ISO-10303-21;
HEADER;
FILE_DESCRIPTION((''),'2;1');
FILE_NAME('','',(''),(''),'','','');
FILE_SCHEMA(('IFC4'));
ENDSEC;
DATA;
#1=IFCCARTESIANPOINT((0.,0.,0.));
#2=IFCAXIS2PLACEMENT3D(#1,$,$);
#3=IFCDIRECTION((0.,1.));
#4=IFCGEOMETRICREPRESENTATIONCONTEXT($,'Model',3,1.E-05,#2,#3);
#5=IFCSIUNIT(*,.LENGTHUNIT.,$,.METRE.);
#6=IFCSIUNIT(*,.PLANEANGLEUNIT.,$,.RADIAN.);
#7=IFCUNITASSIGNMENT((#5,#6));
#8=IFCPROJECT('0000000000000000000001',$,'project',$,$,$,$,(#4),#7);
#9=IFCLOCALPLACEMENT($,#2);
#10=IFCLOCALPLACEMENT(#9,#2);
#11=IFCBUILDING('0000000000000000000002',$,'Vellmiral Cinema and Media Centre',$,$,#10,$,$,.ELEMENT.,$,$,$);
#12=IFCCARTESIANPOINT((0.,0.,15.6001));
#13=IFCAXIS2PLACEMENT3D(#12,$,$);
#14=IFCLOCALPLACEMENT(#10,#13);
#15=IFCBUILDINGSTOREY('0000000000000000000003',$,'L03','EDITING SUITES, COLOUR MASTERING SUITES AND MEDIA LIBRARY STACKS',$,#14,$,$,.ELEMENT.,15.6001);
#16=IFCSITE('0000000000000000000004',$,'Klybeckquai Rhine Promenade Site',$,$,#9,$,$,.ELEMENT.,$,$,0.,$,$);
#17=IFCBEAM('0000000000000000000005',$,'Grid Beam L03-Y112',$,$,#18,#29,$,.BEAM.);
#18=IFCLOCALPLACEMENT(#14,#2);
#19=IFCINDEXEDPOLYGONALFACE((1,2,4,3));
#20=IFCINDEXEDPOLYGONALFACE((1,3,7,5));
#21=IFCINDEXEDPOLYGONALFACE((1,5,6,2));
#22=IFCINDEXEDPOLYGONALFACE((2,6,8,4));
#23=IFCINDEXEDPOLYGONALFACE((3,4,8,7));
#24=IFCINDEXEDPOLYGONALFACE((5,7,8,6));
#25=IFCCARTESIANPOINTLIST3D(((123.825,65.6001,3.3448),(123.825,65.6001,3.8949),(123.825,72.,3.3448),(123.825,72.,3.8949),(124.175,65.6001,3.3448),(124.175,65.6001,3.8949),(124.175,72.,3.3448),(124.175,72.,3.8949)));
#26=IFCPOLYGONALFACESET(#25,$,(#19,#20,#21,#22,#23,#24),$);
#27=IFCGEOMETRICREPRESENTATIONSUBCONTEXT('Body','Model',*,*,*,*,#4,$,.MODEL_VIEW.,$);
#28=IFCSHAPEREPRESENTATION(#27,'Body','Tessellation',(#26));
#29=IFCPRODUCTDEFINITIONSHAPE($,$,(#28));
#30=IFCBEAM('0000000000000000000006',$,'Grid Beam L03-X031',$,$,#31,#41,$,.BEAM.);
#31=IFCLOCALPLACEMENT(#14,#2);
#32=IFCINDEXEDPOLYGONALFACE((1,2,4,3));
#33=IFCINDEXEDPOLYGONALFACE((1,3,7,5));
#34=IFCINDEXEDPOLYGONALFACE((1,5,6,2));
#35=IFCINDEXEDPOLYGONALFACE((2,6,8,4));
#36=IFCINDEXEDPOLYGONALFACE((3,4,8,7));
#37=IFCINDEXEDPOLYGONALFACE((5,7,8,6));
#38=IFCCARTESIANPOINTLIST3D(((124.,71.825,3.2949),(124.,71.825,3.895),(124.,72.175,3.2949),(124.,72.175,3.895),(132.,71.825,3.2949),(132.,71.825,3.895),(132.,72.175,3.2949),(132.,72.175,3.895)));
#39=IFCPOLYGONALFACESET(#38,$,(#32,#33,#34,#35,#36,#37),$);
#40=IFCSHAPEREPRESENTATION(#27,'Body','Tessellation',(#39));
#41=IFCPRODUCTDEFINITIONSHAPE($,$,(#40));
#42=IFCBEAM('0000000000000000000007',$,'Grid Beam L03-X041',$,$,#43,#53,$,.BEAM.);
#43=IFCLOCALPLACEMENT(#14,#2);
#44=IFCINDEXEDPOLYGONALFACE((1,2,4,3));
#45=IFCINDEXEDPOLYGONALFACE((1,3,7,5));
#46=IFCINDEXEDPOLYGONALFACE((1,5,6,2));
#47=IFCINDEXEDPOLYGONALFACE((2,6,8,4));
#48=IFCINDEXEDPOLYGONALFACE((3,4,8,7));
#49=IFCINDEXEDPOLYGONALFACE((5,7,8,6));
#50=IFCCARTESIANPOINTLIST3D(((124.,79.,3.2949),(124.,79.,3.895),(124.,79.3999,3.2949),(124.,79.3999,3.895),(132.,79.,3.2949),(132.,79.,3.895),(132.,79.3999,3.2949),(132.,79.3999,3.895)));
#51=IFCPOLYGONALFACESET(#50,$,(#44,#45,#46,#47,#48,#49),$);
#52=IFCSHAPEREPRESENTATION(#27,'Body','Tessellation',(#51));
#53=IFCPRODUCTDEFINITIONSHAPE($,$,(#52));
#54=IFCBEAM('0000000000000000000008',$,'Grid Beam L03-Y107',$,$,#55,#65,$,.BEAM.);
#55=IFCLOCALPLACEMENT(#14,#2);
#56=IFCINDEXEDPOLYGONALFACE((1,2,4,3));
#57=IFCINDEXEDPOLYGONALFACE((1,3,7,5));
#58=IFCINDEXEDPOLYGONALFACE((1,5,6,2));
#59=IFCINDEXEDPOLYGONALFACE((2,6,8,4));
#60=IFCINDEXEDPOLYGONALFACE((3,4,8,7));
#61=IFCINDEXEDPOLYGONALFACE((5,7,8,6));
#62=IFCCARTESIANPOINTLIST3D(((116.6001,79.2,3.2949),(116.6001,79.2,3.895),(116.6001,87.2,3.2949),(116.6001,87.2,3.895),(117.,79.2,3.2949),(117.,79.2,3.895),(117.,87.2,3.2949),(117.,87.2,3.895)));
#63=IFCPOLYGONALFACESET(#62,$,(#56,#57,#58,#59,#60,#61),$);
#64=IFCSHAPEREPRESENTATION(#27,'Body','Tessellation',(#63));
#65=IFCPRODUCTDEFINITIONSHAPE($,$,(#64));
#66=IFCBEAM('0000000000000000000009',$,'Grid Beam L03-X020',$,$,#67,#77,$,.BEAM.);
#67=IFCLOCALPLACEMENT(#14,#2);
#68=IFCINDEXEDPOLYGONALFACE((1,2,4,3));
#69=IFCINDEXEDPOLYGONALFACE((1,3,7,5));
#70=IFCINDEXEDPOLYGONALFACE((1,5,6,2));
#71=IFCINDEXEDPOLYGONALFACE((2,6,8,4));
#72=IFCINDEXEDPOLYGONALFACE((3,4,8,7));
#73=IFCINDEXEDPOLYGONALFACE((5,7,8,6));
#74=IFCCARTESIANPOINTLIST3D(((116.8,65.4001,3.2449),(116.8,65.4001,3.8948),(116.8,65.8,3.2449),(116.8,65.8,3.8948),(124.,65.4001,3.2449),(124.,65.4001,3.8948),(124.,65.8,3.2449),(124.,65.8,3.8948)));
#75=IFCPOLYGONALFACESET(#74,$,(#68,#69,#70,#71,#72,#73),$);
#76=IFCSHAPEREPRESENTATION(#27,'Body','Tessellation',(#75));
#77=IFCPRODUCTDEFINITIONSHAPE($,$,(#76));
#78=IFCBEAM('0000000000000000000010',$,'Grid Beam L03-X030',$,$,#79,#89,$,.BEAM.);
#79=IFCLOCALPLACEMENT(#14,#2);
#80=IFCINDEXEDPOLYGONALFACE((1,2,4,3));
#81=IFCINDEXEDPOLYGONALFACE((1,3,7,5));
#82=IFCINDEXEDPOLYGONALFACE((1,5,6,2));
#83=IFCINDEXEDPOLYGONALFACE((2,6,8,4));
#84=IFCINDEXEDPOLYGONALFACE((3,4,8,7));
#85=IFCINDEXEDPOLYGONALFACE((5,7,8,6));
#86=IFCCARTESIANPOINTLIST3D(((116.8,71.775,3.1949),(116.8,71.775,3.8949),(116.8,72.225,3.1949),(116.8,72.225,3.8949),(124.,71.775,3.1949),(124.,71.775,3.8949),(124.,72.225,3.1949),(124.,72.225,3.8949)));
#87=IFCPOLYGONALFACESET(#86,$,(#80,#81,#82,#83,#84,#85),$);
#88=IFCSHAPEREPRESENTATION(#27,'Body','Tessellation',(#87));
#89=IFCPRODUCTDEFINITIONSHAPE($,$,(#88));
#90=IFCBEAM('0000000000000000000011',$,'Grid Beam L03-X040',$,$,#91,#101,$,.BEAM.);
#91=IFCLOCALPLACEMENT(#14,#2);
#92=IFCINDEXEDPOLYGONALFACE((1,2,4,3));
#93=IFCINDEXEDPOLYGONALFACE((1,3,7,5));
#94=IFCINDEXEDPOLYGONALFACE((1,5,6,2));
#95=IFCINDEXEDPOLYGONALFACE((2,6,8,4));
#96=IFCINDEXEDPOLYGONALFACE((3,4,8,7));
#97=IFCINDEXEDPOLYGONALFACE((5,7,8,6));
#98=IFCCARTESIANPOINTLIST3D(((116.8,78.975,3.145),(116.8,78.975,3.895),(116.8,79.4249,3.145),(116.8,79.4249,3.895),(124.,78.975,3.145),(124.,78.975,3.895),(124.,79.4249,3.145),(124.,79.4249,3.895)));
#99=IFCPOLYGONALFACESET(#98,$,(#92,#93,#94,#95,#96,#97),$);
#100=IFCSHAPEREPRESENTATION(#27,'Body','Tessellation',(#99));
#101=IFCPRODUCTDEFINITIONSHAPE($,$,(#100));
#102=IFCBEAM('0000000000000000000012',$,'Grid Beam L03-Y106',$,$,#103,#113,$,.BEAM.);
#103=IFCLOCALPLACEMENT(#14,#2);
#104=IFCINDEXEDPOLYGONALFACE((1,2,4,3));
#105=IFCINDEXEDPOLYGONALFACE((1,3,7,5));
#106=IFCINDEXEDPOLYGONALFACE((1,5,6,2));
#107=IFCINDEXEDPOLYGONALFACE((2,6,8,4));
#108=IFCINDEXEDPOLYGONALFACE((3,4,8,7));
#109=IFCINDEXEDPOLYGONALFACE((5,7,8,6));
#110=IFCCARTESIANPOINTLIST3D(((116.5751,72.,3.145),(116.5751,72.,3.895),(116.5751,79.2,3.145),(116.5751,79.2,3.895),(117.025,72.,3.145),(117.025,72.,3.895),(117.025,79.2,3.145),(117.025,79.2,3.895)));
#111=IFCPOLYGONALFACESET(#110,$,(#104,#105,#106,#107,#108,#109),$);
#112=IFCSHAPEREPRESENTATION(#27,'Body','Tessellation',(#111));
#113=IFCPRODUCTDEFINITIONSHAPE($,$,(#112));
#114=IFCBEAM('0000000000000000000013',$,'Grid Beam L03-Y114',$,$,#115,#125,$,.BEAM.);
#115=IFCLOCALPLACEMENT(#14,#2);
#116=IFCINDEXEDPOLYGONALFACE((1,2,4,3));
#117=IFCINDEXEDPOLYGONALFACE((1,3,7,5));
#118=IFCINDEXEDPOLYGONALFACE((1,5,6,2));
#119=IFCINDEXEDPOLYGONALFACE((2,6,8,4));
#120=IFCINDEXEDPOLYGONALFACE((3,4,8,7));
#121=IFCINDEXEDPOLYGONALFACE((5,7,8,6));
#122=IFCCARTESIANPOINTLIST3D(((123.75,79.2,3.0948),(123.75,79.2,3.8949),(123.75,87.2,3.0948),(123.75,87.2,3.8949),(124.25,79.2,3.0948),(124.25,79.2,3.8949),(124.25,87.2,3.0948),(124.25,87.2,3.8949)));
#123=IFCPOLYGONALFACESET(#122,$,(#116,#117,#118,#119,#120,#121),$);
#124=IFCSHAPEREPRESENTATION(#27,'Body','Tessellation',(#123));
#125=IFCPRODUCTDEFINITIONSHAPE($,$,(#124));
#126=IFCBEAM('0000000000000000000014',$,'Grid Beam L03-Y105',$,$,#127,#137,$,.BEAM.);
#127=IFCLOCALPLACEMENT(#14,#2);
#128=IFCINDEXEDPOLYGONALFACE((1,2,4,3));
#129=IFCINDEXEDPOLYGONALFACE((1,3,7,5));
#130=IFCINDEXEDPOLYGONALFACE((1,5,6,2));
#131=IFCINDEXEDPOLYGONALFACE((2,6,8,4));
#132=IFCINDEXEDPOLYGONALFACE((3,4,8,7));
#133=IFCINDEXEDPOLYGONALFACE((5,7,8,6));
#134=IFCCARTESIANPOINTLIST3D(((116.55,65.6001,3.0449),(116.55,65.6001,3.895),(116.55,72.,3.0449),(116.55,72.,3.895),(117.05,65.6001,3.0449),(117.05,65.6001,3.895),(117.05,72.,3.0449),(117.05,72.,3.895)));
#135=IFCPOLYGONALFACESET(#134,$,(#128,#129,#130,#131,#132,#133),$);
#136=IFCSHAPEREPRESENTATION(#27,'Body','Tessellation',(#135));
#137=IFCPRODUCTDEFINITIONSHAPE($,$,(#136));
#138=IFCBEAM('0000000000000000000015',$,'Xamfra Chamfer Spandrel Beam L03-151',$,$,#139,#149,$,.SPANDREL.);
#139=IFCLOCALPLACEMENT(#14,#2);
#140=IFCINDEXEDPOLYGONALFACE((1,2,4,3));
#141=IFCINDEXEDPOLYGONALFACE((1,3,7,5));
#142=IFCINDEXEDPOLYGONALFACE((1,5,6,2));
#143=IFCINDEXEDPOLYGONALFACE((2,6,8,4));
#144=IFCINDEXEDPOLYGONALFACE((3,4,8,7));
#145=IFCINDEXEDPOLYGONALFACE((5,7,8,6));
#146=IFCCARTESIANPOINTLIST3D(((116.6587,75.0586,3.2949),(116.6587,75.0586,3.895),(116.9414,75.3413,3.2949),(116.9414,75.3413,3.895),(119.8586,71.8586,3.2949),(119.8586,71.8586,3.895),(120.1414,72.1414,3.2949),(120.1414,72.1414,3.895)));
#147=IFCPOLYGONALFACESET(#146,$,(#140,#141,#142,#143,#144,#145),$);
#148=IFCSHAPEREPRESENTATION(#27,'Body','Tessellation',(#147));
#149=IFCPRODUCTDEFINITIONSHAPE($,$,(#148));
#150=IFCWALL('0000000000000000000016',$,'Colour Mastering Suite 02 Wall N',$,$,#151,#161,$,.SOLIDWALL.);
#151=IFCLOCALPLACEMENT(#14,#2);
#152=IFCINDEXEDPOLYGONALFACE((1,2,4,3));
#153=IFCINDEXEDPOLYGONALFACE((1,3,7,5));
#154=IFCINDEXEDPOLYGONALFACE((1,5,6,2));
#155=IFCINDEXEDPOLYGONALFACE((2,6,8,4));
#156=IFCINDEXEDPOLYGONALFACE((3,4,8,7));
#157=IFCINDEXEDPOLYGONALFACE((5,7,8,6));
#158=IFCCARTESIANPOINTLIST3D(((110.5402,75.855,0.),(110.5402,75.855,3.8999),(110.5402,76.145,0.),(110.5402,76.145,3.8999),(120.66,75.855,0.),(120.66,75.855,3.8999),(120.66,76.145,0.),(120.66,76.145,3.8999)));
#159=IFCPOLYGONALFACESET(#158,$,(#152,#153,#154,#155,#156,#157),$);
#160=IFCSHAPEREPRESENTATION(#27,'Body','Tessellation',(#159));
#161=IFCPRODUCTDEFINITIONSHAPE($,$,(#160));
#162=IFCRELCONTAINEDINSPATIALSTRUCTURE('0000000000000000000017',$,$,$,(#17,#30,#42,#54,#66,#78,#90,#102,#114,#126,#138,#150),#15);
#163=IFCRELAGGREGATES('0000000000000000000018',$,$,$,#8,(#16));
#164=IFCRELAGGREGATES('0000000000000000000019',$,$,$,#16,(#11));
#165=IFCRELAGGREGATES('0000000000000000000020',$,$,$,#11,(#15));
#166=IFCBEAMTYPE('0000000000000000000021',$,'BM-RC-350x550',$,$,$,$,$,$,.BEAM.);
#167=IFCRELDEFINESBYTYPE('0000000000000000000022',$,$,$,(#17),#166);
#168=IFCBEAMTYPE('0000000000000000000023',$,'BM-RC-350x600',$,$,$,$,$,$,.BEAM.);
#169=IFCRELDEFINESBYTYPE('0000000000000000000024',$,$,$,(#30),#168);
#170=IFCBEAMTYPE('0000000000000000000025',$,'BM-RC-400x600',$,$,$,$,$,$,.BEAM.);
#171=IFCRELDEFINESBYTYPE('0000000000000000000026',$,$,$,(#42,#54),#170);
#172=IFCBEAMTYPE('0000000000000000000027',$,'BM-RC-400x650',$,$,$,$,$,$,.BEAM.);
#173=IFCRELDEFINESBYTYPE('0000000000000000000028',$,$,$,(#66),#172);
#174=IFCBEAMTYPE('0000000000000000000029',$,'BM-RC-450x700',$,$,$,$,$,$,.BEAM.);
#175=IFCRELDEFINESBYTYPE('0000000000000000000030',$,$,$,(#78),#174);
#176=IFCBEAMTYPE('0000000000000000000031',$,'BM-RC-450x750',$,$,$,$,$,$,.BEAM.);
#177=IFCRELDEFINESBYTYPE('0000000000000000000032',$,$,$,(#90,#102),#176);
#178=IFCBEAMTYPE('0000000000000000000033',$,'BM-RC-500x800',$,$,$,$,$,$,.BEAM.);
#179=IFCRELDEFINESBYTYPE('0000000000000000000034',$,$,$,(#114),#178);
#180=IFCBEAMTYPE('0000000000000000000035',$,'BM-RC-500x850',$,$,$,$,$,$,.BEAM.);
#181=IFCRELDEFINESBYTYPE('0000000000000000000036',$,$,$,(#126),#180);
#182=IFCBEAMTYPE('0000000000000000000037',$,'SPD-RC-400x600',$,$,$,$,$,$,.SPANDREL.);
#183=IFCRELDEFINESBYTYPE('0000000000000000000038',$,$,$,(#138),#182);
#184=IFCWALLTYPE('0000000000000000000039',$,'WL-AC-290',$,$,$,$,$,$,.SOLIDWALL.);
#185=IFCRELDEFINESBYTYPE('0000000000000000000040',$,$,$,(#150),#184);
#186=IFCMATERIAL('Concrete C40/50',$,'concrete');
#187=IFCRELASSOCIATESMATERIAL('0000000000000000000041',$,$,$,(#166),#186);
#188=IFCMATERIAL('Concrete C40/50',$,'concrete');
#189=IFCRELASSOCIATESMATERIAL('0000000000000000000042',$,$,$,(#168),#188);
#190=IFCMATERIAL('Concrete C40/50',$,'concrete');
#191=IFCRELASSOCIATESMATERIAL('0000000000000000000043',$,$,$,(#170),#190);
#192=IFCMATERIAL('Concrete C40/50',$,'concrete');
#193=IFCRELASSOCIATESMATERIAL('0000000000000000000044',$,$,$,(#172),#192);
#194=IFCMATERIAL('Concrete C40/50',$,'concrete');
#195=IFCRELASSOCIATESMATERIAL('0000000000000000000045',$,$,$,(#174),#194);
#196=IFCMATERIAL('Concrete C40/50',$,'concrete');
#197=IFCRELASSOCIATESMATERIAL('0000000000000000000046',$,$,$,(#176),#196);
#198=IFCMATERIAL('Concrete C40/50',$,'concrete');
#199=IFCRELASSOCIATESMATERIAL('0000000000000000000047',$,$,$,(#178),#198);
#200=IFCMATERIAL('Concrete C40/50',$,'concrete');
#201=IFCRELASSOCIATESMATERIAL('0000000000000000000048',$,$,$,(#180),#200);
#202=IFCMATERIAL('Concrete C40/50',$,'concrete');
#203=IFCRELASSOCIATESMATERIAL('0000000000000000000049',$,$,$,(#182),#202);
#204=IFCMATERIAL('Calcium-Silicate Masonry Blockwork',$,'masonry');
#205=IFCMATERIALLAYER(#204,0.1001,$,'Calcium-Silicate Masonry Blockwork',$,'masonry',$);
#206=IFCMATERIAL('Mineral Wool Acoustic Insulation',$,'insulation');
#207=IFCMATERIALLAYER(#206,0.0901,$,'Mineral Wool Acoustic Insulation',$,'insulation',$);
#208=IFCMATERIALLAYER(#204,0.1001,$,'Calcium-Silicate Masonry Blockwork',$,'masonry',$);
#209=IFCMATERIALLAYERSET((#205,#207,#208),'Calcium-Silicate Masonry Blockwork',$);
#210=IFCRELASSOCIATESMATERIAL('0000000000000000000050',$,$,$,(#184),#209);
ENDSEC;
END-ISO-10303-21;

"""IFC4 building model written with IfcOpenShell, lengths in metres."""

from ifc_helpers import new_model, si_unit, direction, frame, frame_2d, origin, origin_2d, place, context, subcontext, project, spatial, rectangle, extrude, material, layer, layer_set, material_profile, profile_set, type_object, element, save


model = new_model("IFC4")

# Units and contexts
model_context = context("Model", 3, precision=1e-05, world=origin(), true_north=direction((0.0, 1.0)))
body_context = subcontext(model_context, "Body", "Model", "MODEL_VIEW")
ifc_project = project(units=[si_unit("LENGTHUNIT", "METRE"), si_unit("PLANEANGLEUNIT", "RADIAN")], contexts=[model_context])

# Site, building, storey
site_placement = place(None, origin())
site = spatial("IfcSite", under=ifc_project, at=site_placement, Name="Klybeckquai Rhine Promenade Site", CompositionType="ELEMENT", RefElevation=0.0)
building_placement = place(site_placement, origin())
building = spatial("IfcBuilding", under=site, at=building_placement, Name="Vellmiral Cinema and Media Centre", CompositionType="ELEMENT")
storey_placement = place(building_placement, frame((0.0, 0.0, 15.6001)))
storey = spatial("IfcBuildingStorey", under=building, at=storey_placement, Name="L03", Description="EDITING SUITES, COLOUR MASTERING SUITES AND MEDIA LIBRARY STACKS", CompositionType="ELEMENT", Elevation=15.6001)

# Beams
ifc_material_1 = material(Name="Concrete C40/50", Category="concrete")
ifc_material_profile_1 = material_profile(ifc_material_1, rectangle(XDim=0.3501, YDim=0.55, at=origin_2d()), Name="RC 350x550")
ifc_profile_set_1 = profile_set([ifc_material_profile_1], Name="Concrete C40/50")
beam_type_1 = type_object("IfcBeamType", Name="BM-RC-350x550", PredefinedType="BEAM", material=ifc_profile_set_1)
beam_1_placement = place(storey_placement, frame((124.0, 65.6001, 3.6199), z_axis=(0.0, 1.0, 0.0), x_axis=(-1.0, 0.0, 0.0)))
element("IfcBeam", 1, at=beam_1_placement, inside=storey, type_object=beam_type_1, Name="Grid Beam L03-Y112", PredefinedType="BEAM", context=body_context, shape_type="SweptSolid", body=[
    extrude(rectangle(XDim=0.3501, YDim=0.55, at=origin_2d()), origin(), (0.0, 0.0, 1.0), 6.3999),
])
ifc_material_2 = material(Name="Concrete C40/50", Category="concrete")
ifc_material_profile_2 = material_profile(ifc_material_2, rectangle(XDim=0.3501, YDim=0.6001, at=origin_2d()), Name="RC 350x600")
ifc_profile_set_2 = profile_set([ifc_material_profile_2], Name="Concrete C40/50")
beam_type_2 = type_object("IfcBeamType", Name="BM-RC-350x600", PredefinedType="BEAM", material=ifc_profile_set_2)
beam_2_placement = place(storey_placement, frame((124.0, 72.0, 3.595), z_axis=(1.0, 0.0, 0.0), x_axis=(0.0, 1.0, 0.0)))
element("IfcBeam", 2, at=beam_2_placement, inside=storey, type_object=beam_type_2, Name="Grid Beam L03-X031", PredefinedType="BEAM", context=body_context, shape_type="SweptSolid", body=[
    extrude(rectangle(XDim=0.3501, YDim=0.6001, at=origin_2d()), origin(), (0.0, 0.0, 1.0), 8.0),
])
ifc_material_3 = material(Name="Concrete C40/50", Category="concrete")
ifc_material_profile_3 = material_profile(ifc_material_3, rectangle(XDim=0.3999, YDim=0.6001, at=origin_2d()), Name="RC 400x600")
ifc_profile_set_3 = profile_set([ifc_material_profile_3], Name="Concrete C40/50")
beam_type_3 = type_object("IfcBeamType", Name="BM-RC-400x600", PredefinedType="BEAM", material=ifc_profile_set_3)
for number, where, z_axis, x_axis, name in (
    (3, (124.0, 79.2, 3.595), (1.0, 0.0, 0.0), (0.0, 1.0, 0.0), "Grid Beam L03-X041"),
    (4, (116.8, 79.2, 3.595), (0.0, 1.0, 0.0), (-1.0, 0.0, 0.0), "Grid Beam L03-Y107"),
):
    element("IfcBeam", number, at=place(storey_placement, frame(where, z_axis=z_axis, x_axis=x_axis)), inside=storey, type_object=beam_type_3, Name=name, PredefinedType="BEAM", context=body_context, shape_type="SweptSolid", body=[
        extrude(rectangle(XDim=0.3999, YDim=0.6001, at=origin_2d()), origin(), (0.0, 0.0, 1.0), 8.0),
    ])
ifc_material_4 = material(Name="Concrete C40/50", Category="concrete")
ifc_material_profile_4 = material_profile(ifc_material_4, rectangle(XDim=0.3999, YDim=0.6499, at=origin_2d()), Name="RC 400x650")
ifc_profile_set_4 = profile_set([ifc_material_profile_4], Name="Concrete C40/50")
beam_type_4 = type_object("IfcBeamType", Name="BM-RC-400x650", PredefinedType="BEAM", material=ifc_profile_set_4)
beam_3_placement = place(storey_placement, frame((116.8, 65.6001, 3.5698), z_axis=(1.0, 0.0, 0.0), x_axis=(0.0, 1.0, 0.0)))
element("IfcBeam", 5, at=beam_3_placement, inside=storey, type_object=beam_type_4, Name="Grid Beam L03-X020", PredefinedType="BEAM", context=body_context, shape_type="SweptSolid", body=[
    extrude(rectangle(XDim=0.3999, YDim=0.6499, at=origin_2d()), origin(), (0.0, 0.0, 1.0), 7.2),
])
ifc_material_5 = material(Name="Concrete C40/50", Category="concrete")
ifc_material_profile_5 = material_profile(ifc_material_5, rectangle(XDim=0.45, YDim=0.7, at=origin_2d()), Name="RC 450x700")
ifc_profile_set_5 = profile_set([ifc_material_profile_5], Name="Concrete C40/50")
beam_type_5 = type_object("IfcBeamType", Name="BM-RC-450x700", PredefinedType="BEAM", material=ifc_profile_set_5)
beam_4_placement = place(storey_placement, frame((116.8, 72.0, 3.5449), z_axis=(1.0, 0.0, 0.0), x_axis=(0.0, 1.0, 0.0)))
element("IfcBeam", 6, at=beam_4_placement, inside=storey, type_object=beam_type_5, Name="Grid Beam L03-X030", PredefinedType="BEAM", context=body_context, shape_type="SweptSolid", body=[
    extrude(rectangle(XDim=0.45, YDim=0.7, at=origin_2d()), origin(), (0.0, 0.0, 1.0), 7.2),
])
ifc_material_6 = material(Name="Concrete C40/50", Category="concrete")
ifc_material_profile_6 = material_profile(ifc_material_6, rectangle(XDim=0.45, YDim=0.75, at=origin_2d()), Name="RC 450x750")
ifc_profile_set_6 = profile_set([ifc_material_profile_6], Name="Concrete C40/50")
beam_type_6 = type_object("IfcBeamType", Name="BM-RC-450x750", PredefinedType="BEAM", material=ifc_profile_set_6)
for number, where, z_axis, x_axis, name in (
    (7, (116.8, 79.2, 3.52), (1.0, 0.0, 0.0), (0.0, 1.0, 0.0), "Grid Beam L03-X040"),
    (8, (116.8, 72.0, 3.52), (0.0, 1.0, 0.0), (-1.0, 0.0, 0.0), "Grid Beam L03-Y106"),
):
    element("IfcBeam", number, at=place(storey_placement, frame(where, z_axis=z_axis, x_axis=x_axis)), inside=storey, type_object=beam_type_6, Name=name, PredefinedType="BEAM", context=body_context, shape_type="SweptSolid", body=[
        extrude(rectangle(XDim=0.45, YDim=0.75, at=origin_2d()), origin(), (0.0, 0.0, 1.0), 7.2),
    ])
ifc_material_7 = material(Name="Concrete C40/50", Category="concrete")
ifc_material_profile_7 = material_profile(ifc_material_7, rectangle(XDim=0.5, YDim=0.8, at=origin_2d()), Name="RC 500x800")
ifc_profile_set_7 = profile_set([ifc_material_profile_7], Name="Concrete C40/50")
beam_type_7 = type_object("IfcBeamType", Name="BM-RC-500x800", PredefinedType="BEAM", material=ifc_profile_set_7)
beam_5_placement = place(storey_placement, frame((124.0, 79.2, 3.4949), z_axis=(0.0, 1.0, 0.0), x_axis=(-1.0, 0.0, 0.0)))
element("IfcBeam", 9, at=beam_5_placement, inside=storey, type_object=beam_type_7, Name="Grid Beam L03-Y114", PredefinedType="BEAM", context=body_context, shape_type="SweptSolid", body=[
    extrude(rectangle(XDim=0.5, YDim=0.8, at=origin_2d()), origin(), (0.0, 0.0, 1.0), 8.0),
])
ifc_material_8 = material(Name="Concrete C40/50", Category="concrete")
ifc_material_profile_8 = material_profile(ifc_material_8, rectangle(XDim=0.5, YDim=0.8501, at=origin_2d()), Name="RC 500x850")
ifc_profile_set_8 = profile_set([ifc_material_profile_8], Name="Concrete C40/50")
beam_type_8 = type_object("IfcBeamType", Name="BM-RC-500x850", PredefinedType="BEAM", material=ifc_profile_set_8)
beam_6_placement = place(storey_placement, frame((116.8, 65.6001, 3.47), z_axis=(0.0, 1.0, 0.0), x_axis=(-1.0, 0.0, 0.0)))
element("IfcBeam", 10, at=beam_6_placement, inside=storey, type_object=beam_type_8, Name="Grid Beam L03-Y105", PredefinedType="BEAM", context=body_context, shape_type="SweptSolid", body=[
    extrude(rectangle(XDim=0.5, YDim=0.8501, at=origin_2d()), origin(), (0.0, 0.0, 1.0), 6.3999),
])
ifc_material_9 = material(Name="Concrete C40/50", Category="concrete")
ifc_material_profile_9 = material_profile(ifc_material_9, rectangle(XDim=0.3999, YDim=0.6001, at=origin_2d()), Name="RC 400x600")
ifc_profile_set_9 = profile_set([ifc_material_profile_9], Name="Concrete C40/50")
beam_type_9 = type_object("IfcBeamType", Name="SPD-RC-400x600", PredefinedType="SPANDREL", material=ifc_profile_set_9)
beam_7_placement = place(storey_placement, frame((116.8, 75.2, 3.595), z_axis=(0.707107, -0.707107, 0.0), x_axis=(0.707107, 0.707107, 0.0)))
element("IfcBeam", 11, at=beam_7_placement, inside=storey, type_object=beam_type_9, Name="Xamfra Chamfer Spandrel Beam L03-151", PredefinedType="SPANDREL", context=body_context, shape_type="SweptSolid", body=[
    extrude(rectangle(XDim=0.3999, YDim=0.6001, at=origin_2d()), origin(), (0.0, 0.0, 1.0), 4.5254),
])

# Wall
ifc_material_10 = material(Name="Calcium-Silicate Masonry Blockwork", Category="masonry")
ifc_layer_1 = layer(ifc_material_10, 0.1001, Name="Calcium-Silicate Masonry Blockwork", Category="masonry")
ifc_material_11 = material(Name="Mineral Wool Acoustic Insulation", Category="insulation")
ifc_layer_2 = layer(ifc_material_11, 0.0901, Name="Mineral Wool Acoustic Insulation", Category="insulation")
ifc_layer_3 = layer(ifc_material_10, 0.1001, Name="Calcium-Silicate Masonry Blockwork", Category="masonry")
ifc_layer_set_1 = layer_set([ifc_layer_1, ifc_layer_2, ifc_layer_3], Name="Calcium-Silicate Masonry Blockwork")
wall_type_1 = type_object("IfcWallType", Name="WL-AC-290", PredefinedType="SOLIDWALL", material=ifc_layer_set_1)
wall_1_placement = place(storey_placement, frame((110.54, 76.0, 0.0), z_axis=(0.0, 0.0, 1.0), x_axis=(1.0, 0.0, 0.0)))
element("IfcWall", 12, at=wall_1_placement, inside=storey, type_object=wall_type_1, Name="Colour Mastering Suite 02 Wall N", PredefinedType="SOLIDWALL", context=body_context, shape_type="SweptSolid", body=[
    extrude(rectangle(XDim=10.1199, YDim=0.29, at=frame_2d((5.0601, 0.0))), origin(), (0.0, 0.0, 1.0), 3.8999),
])

save(model, "model.ifc")
